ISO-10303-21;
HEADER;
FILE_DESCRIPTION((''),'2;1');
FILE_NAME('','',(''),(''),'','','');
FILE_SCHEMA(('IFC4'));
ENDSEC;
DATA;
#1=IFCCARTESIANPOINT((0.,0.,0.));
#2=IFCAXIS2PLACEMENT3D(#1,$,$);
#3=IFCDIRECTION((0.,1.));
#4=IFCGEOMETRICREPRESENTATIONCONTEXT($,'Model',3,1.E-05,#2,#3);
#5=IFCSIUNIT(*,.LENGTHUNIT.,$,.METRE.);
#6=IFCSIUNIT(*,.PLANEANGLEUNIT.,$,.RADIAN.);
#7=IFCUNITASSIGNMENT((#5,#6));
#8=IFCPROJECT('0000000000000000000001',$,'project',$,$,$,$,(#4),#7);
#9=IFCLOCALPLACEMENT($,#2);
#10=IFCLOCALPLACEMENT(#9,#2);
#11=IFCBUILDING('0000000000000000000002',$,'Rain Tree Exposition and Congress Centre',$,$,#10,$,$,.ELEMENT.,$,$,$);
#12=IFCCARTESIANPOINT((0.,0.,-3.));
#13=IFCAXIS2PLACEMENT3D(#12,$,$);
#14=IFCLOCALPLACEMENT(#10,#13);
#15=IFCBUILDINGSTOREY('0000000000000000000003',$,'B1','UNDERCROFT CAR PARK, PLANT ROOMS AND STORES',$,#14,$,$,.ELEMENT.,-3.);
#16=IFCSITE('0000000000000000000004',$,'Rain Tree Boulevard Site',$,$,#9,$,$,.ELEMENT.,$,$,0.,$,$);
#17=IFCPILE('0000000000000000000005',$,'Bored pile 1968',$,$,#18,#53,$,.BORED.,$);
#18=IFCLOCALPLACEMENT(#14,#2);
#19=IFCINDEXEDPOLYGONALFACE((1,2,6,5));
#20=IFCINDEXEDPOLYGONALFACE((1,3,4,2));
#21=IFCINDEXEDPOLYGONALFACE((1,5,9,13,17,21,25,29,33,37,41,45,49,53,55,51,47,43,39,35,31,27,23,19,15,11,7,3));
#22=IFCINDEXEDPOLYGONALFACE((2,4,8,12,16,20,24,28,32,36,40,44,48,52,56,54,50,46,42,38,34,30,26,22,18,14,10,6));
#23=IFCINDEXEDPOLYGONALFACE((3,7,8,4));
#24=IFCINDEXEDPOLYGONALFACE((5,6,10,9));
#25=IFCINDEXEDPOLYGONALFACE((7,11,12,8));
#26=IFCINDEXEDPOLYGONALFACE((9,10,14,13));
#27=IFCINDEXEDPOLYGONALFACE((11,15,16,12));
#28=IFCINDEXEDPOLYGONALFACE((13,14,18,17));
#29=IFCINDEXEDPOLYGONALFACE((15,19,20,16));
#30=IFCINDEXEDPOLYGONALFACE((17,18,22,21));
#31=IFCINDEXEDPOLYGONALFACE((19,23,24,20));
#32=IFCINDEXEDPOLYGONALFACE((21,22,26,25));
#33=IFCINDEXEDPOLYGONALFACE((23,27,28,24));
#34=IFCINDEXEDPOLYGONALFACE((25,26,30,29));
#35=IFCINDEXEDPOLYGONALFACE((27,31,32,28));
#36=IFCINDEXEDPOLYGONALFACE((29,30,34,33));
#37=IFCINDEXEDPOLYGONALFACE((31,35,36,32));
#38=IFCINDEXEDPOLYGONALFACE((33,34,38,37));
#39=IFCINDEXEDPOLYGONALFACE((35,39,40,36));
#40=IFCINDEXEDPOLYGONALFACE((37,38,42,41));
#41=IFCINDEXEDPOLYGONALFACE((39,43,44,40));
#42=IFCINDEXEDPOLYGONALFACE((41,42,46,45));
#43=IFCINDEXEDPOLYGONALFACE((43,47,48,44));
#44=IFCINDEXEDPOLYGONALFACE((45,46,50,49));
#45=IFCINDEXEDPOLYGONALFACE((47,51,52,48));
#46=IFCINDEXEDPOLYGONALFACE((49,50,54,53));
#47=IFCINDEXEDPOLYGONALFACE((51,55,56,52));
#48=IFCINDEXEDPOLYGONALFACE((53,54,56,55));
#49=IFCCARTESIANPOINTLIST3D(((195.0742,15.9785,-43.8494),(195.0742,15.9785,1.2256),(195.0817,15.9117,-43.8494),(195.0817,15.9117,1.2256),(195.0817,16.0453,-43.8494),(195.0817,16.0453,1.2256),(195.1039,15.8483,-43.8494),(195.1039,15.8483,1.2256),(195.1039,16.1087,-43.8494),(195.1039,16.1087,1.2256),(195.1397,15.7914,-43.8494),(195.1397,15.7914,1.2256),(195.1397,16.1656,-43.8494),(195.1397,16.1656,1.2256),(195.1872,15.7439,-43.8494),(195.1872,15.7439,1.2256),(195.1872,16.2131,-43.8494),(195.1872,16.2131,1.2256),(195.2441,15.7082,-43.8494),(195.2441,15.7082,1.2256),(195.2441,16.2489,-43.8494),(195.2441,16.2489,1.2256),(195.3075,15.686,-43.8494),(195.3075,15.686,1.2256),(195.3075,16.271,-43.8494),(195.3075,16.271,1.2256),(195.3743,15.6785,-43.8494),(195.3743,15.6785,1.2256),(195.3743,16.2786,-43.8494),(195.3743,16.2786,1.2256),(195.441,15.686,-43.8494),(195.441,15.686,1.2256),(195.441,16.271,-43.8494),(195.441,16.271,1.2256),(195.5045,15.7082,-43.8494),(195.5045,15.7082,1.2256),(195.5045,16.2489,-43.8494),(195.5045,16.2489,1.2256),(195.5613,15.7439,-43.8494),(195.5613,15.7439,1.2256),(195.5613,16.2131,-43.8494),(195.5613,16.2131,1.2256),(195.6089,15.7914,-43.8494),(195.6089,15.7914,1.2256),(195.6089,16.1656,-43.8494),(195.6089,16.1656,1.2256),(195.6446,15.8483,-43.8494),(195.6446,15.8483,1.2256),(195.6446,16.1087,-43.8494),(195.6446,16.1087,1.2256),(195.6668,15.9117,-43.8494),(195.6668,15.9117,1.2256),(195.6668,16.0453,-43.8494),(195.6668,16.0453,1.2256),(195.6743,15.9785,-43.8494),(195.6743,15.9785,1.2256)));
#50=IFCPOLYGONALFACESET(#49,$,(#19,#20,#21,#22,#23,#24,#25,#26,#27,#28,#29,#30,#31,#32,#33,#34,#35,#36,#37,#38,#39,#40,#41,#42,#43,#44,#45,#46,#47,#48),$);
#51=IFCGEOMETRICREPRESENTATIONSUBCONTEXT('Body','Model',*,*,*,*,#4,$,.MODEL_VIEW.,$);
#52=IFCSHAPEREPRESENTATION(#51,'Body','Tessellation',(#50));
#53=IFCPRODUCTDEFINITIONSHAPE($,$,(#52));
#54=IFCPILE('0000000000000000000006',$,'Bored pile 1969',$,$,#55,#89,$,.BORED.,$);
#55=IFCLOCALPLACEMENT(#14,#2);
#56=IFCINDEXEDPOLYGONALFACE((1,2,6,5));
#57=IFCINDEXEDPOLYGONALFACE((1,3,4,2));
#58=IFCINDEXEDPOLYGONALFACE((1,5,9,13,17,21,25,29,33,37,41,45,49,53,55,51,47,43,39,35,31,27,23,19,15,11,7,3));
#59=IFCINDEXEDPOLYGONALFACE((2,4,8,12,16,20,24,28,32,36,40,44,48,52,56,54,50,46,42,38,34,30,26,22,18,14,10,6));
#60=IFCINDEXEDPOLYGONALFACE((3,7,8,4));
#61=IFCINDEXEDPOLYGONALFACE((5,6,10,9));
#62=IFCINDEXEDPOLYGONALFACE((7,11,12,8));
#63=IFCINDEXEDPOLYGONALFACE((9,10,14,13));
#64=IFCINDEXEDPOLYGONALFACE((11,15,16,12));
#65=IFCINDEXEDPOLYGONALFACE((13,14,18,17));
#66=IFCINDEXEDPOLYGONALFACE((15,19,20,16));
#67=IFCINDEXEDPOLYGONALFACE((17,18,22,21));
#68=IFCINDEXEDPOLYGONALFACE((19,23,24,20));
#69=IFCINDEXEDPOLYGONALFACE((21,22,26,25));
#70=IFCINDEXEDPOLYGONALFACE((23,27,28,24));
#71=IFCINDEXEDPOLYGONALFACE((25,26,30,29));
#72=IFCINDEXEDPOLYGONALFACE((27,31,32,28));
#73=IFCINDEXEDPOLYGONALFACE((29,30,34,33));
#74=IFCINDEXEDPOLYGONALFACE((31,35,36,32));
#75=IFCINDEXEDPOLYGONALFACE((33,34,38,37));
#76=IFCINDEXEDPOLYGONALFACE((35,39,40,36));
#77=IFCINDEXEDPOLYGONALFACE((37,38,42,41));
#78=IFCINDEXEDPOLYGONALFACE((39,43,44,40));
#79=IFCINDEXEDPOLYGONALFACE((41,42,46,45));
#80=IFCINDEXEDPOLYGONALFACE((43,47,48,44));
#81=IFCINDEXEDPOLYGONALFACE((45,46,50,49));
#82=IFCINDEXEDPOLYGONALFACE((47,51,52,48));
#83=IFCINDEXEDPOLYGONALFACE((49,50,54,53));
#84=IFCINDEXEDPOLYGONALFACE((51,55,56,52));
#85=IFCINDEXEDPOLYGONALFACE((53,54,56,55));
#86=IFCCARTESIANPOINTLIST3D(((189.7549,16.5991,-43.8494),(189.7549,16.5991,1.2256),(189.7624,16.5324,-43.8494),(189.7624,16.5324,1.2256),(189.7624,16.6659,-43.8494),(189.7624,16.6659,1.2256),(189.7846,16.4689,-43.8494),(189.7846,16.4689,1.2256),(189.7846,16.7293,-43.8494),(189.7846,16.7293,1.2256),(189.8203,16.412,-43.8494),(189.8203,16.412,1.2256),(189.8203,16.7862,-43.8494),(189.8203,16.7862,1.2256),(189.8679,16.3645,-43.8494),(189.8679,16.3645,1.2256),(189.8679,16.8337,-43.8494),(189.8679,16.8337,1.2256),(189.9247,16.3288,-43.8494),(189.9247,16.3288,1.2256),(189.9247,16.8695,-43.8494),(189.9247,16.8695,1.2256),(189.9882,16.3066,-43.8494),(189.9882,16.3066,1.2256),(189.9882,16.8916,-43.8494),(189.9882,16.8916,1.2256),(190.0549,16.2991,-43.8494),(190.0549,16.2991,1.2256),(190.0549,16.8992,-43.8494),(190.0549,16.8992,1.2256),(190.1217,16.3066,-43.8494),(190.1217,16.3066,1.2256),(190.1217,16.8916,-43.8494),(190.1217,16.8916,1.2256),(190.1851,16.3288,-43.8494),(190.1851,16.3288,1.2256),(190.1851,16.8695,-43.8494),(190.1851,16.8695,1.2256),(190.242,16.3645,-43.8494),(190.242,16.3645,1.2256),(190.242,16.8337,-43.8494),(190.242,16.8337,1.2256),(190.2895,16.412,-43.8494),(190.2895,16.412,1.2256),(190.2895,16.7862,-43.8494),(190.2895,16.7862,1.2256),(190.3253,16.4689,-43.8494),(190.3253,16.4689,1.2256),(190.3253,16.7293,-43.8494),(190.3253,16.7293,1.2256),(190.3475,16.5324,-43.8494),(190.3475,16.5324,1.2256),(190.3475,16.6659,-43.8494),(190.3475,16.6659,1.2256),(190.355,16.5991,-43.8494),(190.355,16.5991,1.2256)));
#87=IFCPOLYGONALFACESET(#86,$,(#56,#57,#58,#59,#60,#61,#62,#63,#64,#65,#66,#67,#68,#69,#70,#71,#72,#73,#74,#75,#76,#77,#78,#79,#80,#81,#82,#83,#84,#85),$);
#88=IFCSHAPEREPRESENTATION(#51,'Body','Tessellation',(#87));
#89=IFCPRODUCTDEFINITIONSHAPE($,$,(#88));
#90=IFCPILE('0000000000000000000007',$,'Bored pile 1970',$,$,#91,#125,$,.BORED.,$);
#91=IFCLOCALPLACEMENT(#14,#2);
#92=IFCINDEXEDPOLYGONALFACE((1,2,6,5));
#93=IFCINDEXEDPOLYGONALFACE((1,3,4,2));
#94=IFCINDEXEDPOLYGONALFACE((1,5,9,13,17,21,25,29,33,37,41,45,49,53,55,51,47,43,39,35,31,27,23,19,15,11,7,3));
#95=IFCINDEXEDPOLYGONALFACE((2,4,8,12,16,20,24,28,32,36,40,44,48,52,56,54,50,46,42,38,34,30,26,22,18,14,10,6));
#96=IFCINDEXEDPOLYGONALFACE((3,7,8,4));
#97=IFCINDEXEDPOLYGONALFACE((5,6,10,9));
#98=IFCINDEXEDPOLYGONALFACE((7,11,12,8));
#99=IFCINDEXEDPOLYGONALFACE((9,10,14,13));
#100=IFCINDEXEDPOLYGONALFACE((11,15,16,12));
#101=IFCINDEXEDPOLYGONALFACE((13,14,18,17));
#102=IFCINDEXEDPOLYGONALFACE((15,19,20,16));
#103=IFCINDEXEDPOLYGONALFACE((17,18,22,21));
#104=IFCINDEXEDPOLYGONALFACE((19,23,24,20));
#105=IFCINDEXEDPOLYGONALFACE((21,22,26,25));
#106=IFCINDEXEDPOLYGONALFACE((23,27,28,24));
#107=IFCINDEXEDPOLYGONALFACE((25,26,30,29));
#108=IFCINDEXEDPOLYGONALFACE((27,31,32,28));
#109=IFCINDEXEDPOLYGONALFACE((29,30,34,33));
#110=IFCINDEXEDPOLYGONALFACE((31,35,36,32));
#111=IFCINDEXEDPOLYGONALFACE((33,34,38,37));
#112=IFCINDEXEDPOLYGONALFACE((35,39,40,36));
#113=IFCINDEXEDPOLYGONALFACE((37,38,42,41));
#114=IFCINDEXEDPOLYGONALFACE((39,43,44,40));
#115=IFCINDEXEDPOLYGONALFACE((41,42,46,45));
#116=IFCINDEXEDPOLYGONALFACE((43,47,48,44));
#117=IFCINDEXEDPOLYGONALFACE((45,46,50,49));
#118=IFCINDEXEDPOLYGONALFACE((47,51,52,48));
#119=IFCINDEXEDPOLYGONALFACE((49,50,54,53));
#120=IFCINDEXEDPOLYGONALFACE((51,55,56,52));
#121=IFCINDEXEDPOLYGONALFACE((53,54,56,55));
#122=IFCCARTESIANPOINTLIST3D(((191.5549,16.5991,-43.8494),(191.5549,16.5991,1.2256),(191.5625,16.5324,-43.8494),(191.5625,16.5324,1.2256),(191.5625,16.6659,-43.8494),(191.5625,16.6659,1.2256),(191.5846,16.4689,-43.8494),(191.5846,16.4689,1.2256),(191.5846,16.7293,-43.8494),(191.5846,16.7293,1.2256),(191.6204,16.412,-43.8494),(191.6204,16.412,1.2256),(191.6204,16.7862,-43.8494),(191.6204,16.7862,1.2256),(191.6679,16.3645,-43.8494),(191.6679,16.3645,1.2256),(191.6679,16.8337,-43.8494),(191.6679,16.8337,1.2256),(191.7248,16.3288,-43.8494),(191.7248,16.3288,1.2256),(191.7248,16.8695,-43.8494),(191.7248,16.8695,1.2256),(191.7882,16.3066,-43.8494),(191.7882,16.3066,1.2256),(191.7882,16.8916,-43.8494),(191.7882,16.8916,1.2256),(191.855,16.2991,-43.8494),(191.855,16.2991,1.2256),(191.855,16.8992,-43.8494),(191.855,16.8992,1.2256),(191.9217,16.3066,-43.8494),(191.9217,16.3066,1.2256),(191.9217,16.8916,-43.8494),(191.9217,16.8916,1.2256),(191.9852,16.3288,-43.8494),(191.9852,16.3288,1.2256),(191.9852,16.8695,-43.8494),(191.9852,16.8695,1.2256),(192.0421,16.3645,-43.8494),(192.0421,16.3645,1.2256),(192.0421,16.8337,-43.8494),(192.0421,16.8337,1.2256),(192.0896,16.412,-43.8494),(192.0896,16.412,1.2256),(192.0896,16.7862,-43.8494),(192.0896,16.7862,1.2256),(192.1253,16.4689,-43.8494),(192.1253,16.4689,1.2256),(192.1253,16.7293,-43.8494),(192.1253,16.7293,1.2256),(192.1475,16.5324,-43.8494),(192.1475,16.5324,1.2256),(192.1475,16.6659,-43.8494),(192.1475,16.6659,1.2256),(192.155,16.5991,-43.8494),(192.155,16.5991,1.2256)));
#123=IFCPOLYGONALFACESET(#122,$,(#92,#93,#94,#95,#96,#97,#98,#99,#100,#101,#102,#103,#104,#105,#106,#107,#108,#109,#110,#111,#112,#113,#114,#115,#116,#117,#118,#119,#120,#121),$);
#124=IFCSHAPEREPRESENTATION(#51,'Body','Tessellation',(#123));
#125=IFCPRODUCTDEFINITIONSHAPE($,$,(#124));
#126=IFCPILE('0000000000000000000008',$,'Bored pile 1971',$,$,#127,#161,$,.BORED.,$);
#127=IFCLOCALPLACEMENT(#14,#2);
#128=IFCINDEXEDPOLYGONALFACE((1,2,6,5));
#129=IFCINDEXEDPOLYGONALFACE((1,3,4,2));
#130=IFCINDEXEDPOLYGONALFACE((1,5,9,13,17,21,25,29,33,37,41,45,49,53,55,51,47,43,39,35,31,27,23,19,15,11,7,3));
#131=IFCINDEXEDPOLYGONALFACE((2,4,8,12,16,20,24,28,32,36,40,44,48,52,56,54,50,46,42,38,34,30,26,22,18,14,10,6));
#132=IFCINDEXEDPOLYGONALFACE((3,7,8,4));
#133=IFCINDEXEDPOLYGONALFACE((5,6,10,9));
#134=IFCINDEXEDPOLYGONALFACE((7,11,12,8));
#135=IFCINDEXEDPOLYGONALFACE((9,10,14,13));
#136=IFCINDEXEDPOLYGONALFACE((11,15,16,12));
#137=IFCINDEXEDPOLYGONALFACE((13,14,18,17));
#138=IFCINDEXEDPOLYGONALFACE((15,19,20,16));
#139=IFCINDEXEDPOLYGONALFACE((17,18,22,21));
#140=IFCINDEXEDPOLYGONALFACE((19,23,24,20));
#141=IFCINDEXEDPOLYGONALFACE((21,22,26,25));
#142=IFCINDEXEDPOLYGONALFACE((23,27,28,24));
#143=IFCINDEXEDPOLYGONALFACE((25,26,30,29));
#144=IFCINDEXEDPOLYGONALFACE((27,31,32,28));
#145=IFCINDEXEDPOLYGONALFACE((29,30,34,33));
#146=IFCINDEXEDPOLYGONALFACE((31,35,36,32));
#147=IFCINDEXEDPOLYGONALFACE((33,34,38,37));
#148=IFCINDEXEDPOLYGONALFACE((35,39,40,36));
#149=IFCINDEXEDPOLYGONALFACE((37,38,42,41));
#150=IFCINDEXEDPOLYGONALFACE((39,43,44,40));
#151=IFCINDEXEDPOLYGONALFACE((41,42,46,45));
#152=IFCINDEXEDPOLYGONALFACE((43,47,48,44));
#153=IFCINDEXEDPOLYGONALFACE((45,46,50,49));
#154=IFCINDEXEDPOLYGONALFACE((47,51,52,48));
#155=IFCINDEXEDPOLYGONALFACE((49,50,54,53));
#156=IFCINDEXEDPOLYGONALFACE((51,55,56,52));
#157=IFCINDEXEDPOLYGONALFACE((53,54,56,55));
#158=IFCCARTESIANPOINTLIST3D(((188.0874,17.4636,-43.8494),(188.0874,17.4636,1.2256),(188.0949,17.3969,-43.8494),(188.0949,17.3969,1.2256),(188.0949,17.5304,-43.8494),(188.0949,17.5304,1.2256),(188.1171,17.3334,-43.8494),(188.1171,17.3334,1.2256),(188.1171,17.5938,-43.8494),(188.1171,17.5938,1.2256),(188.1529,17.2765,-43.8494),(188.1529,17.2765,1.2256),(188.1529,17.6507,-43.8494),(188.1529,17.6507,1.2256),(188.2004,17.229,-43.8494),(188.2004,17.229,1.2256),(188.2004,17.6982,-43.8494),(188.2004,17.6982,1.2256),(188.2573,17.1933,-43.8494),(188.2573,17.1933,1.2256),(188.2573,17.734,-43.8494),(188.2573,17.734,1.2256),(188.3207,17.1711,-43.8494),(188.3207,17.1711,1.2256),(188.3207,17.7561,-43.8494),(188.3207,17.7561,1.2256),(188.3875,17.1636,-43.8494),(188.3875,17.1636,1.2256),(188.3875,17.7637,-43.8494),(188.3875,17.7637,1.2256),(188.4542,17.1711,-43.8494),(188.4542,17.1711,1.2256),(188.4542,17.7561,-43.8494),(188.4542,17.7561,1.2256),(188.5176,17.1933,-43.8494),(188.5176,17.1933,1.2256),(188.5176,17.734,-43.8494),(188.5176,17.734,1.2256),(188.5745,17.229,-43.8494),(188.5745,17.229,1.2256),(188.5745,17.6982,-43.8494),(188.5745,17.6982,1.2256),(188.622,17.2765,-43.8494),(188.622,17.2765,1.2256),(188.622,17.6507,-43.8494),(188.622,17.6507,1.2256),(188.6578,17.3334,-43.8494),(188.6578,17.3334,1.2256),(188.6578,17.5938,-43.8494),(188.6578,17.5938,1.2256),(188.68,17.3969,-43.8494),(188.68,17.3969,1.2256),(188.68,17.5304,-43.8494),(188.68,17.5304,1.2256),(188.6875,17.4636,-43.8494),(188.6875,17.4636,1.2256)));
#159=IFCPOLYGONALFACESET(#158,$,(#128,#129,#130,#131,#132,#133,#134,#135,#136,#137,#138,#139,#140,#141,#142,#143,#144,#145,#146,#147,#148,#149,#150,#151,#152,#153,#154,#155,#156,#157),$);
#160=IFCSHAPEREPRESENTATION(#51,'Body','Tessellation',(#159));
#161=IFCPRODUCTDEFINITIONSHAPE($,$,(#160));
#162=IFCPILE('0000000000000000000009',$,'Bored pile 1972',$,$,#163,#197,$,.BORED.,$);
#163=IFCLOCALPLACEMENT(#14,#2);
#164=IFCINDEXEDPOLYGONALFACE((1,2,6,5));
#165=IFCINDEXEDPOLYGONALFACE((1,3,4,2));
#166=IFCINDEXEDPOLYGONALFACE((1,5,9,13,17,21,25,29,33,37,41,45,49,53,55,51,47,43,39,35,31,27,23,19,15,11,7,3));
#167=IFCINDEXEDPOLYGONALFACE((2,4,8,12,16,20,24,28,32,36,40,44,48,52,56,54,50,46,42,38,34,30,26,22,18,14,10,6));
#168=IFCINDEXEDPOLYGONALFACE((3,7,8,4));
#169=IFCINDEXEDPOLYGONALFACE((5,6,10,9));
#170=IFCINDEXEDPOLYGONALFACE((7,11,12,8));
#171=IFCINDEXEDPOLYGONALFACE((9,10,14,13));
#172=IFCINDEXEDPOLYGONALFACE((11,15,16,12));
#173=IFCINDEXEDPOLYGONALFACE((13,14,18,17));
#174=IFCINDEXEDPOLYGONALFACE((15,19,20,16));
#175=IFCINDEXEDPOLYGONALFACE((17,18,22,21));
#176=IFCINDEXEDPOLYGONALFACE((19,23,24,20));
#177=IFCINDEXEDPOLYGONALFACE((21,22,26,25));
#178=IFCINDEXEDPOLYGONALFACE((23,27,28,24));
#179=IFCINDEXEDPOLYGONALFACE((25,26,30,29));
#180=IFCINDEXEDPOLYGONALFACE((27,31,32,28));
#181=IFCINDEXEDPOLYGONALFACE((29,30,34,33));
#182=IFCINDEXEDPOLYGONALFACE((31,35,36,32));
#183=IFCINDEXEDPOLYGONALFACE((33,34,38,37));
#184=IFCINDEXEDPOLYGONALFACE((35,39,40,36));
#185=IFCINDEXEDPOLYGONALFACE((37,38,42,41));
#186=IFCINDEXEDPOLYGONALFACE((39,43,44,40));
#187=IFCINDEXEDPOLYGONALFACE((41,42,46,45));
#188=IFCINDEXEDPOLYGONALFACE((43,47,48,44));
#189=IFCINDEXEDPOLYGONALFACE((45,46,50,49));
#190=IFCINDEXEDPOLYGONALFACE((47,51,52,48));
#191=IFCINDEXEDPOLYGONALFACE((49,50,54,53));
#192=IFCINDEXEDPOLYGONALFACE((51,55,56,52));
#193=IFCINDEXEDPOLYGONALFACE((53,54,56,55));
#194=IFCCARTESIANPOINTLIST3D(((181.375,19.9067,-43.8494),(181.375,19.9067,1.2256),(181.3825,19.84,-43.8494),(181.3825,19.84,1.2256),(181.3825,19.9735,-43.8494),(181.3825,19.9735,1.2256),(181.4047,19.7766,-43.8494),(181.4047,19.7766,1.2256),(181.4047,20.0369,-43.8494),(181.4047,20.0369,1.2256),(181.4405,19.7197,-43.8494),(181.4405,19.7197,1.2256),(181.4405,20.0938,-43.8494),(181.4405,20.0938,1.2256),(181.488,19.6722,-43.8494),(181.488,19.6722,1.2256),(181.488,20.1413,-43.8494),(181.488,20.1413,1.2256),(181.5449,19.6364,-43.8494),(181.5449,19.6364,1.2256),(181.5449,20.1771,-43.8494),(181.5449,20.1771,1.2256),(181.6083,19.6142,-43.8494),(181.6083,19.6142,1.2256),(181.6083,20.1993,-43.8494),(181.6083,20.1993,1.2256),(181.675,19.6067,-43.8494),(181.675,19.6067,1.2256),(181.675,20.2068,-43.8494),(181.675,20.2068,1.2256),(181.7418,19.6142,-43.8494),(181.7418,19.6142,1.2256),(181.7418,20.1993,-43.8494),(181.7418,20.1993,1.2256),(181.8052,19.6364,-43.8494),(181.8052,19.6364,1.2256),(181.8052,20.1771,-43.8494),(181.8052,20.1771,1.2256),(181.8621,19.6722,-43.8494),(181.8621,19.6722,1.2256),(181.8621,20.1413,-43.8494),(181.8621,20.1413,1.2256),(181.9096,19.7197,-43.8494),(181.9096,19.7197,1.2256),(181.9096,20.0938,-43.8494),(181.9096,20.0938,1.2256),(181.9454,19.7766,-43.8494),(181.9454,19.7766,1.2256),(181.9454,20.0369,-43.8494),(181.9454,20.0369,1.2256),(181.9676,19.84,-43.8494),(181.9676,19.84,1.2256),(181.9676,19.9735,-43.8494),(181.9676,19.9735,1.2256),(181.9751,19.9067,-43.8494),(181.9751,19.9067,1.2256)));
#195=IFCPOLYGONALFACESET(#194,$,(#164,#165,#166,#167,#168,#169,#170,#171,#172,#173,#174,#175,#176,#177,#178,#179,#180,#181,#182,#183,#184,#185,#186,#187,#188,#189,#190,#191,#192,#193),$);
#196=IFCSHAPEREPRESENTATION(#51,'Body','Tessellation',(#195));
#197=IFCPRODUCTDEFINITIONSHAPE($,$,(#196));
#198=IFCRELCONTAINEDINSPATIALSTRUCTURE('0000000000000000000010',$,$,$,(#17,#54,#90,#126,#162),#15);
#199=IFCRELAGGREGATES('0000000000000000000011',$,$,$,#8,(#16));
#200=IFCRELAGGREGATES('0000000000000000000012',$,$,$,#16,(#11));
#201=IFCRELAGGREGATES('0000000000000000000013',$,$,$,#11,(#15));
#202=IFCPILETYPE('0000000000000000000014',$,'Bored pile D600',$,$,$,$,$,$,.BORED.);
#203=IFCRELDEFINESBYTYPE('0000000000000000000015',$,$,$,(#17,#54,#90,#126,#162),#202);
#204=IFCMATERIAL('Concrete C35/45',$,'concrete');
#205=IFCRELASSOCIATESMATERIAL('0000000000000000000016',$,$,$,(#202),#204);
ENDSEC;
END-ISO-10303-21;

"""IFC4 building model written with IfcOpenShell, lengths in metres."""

from ifc_helpers import new_model, si_unit, direction, frame, origin, origin_2d, place, context, subcontext, project, spatial, circle, extrude, material, material_profile, profile_set, type_object, element, save


model = new_model("IFC4")

# Units and contexts
model_context = context("Model", 3, precision=1e-05, world=origin(), true_north=direction((0.0, 1.0)))
body_context = subcontext(model_context, "Body", "Model", "MODEL_VIEW")
ifc_project = project(units=[si_unit("LENGTHUNIT", "METRE"), si_unit("PLANEANGLEUNIT", "RADIAN")], contexts=[model_context])

# Site, building, storey
site_placement = place(None, origin())
site = spatial("IfcSite", under=ifc_project, at=site_placement, Name="Rain Tree Boulevard Site", CompositionType="ELEMENT", RefElevation=0.0)
building_placement = place(site_placement, origin())
building = spatial("IfcBuilding", under=site, at=building_placement, Name="Rain Tree Exposition and Congress Centre", CompositionType="ELEMENT")
storey_placement = place(building_placement, frame((0.0, 0.0, -3.0)))
storey = spatial("IfcBuildingStorey", under=building, at=storey_placement, Name="B1", Description="UNDERCROFT CAR PARK, PLANT ROOMS AND STORES", CompositionType="ELEMENT", Elevation=-3.0)

# Piles
ifc_material_1 = material(Name="Concrete C35/45", Category="concrete")
ifc_material_profile = material_profile(ifc_material_1, circle(Radius=0.3, at=origin_2d()), Name="D600")
ifc_profile_set = profile_set([ifc_material_profile], Name="Concrete C35/45")
pile_type = type_object("IfcPileType", Name="Bored pile D600", PredefinedType="BORED", material=ifc_profile_set)
for number, where, z_axis, x_axis, name in (
    (1, (195.3743, 15.9785, 1.2256), (0.0, 0.0, -1.0), (1.0, 0.0, 0.0), "Bored pile 1968"),
    (2, (190.0549, 16.5991, 1.2256), (0.0, 0.0, -1.0), (1.0, 0.0, 0.0), "Bored pile 1969"),
    (3, (191.855, 16.5991, 1.2256), (0.0, 0.0, -1.0), (1.0, 0.0, 0.0), "Bored pile 1970"),
    (4, (188.3875, 17.4636, 1.2256), (0.0, 0.0, -1.0), (1.0, 0.0, 0.0), "Bored pile 1971"),
    (5, (181.675, 19.9067, 1.2256), (0.0, 0.0, -1.0), (1.0, 0.0, 0.0), "Bored pile 1972"),
):
    element("IfcPile", number, at=place(storey_placement, frame(where, z_axis=z_axis, x_axis=x_axis)), inside=storey, type_object=pile_type, Name=name, PredefinedType="BORED", context=body_context, shape_type="SweptSolid", body=[
        extrude(circle(Radius=0.3, at=origin_2d()), origin(), (0.0, 0.0, 1.0), 45.075),
    ])

save(model, "model.ifc")
